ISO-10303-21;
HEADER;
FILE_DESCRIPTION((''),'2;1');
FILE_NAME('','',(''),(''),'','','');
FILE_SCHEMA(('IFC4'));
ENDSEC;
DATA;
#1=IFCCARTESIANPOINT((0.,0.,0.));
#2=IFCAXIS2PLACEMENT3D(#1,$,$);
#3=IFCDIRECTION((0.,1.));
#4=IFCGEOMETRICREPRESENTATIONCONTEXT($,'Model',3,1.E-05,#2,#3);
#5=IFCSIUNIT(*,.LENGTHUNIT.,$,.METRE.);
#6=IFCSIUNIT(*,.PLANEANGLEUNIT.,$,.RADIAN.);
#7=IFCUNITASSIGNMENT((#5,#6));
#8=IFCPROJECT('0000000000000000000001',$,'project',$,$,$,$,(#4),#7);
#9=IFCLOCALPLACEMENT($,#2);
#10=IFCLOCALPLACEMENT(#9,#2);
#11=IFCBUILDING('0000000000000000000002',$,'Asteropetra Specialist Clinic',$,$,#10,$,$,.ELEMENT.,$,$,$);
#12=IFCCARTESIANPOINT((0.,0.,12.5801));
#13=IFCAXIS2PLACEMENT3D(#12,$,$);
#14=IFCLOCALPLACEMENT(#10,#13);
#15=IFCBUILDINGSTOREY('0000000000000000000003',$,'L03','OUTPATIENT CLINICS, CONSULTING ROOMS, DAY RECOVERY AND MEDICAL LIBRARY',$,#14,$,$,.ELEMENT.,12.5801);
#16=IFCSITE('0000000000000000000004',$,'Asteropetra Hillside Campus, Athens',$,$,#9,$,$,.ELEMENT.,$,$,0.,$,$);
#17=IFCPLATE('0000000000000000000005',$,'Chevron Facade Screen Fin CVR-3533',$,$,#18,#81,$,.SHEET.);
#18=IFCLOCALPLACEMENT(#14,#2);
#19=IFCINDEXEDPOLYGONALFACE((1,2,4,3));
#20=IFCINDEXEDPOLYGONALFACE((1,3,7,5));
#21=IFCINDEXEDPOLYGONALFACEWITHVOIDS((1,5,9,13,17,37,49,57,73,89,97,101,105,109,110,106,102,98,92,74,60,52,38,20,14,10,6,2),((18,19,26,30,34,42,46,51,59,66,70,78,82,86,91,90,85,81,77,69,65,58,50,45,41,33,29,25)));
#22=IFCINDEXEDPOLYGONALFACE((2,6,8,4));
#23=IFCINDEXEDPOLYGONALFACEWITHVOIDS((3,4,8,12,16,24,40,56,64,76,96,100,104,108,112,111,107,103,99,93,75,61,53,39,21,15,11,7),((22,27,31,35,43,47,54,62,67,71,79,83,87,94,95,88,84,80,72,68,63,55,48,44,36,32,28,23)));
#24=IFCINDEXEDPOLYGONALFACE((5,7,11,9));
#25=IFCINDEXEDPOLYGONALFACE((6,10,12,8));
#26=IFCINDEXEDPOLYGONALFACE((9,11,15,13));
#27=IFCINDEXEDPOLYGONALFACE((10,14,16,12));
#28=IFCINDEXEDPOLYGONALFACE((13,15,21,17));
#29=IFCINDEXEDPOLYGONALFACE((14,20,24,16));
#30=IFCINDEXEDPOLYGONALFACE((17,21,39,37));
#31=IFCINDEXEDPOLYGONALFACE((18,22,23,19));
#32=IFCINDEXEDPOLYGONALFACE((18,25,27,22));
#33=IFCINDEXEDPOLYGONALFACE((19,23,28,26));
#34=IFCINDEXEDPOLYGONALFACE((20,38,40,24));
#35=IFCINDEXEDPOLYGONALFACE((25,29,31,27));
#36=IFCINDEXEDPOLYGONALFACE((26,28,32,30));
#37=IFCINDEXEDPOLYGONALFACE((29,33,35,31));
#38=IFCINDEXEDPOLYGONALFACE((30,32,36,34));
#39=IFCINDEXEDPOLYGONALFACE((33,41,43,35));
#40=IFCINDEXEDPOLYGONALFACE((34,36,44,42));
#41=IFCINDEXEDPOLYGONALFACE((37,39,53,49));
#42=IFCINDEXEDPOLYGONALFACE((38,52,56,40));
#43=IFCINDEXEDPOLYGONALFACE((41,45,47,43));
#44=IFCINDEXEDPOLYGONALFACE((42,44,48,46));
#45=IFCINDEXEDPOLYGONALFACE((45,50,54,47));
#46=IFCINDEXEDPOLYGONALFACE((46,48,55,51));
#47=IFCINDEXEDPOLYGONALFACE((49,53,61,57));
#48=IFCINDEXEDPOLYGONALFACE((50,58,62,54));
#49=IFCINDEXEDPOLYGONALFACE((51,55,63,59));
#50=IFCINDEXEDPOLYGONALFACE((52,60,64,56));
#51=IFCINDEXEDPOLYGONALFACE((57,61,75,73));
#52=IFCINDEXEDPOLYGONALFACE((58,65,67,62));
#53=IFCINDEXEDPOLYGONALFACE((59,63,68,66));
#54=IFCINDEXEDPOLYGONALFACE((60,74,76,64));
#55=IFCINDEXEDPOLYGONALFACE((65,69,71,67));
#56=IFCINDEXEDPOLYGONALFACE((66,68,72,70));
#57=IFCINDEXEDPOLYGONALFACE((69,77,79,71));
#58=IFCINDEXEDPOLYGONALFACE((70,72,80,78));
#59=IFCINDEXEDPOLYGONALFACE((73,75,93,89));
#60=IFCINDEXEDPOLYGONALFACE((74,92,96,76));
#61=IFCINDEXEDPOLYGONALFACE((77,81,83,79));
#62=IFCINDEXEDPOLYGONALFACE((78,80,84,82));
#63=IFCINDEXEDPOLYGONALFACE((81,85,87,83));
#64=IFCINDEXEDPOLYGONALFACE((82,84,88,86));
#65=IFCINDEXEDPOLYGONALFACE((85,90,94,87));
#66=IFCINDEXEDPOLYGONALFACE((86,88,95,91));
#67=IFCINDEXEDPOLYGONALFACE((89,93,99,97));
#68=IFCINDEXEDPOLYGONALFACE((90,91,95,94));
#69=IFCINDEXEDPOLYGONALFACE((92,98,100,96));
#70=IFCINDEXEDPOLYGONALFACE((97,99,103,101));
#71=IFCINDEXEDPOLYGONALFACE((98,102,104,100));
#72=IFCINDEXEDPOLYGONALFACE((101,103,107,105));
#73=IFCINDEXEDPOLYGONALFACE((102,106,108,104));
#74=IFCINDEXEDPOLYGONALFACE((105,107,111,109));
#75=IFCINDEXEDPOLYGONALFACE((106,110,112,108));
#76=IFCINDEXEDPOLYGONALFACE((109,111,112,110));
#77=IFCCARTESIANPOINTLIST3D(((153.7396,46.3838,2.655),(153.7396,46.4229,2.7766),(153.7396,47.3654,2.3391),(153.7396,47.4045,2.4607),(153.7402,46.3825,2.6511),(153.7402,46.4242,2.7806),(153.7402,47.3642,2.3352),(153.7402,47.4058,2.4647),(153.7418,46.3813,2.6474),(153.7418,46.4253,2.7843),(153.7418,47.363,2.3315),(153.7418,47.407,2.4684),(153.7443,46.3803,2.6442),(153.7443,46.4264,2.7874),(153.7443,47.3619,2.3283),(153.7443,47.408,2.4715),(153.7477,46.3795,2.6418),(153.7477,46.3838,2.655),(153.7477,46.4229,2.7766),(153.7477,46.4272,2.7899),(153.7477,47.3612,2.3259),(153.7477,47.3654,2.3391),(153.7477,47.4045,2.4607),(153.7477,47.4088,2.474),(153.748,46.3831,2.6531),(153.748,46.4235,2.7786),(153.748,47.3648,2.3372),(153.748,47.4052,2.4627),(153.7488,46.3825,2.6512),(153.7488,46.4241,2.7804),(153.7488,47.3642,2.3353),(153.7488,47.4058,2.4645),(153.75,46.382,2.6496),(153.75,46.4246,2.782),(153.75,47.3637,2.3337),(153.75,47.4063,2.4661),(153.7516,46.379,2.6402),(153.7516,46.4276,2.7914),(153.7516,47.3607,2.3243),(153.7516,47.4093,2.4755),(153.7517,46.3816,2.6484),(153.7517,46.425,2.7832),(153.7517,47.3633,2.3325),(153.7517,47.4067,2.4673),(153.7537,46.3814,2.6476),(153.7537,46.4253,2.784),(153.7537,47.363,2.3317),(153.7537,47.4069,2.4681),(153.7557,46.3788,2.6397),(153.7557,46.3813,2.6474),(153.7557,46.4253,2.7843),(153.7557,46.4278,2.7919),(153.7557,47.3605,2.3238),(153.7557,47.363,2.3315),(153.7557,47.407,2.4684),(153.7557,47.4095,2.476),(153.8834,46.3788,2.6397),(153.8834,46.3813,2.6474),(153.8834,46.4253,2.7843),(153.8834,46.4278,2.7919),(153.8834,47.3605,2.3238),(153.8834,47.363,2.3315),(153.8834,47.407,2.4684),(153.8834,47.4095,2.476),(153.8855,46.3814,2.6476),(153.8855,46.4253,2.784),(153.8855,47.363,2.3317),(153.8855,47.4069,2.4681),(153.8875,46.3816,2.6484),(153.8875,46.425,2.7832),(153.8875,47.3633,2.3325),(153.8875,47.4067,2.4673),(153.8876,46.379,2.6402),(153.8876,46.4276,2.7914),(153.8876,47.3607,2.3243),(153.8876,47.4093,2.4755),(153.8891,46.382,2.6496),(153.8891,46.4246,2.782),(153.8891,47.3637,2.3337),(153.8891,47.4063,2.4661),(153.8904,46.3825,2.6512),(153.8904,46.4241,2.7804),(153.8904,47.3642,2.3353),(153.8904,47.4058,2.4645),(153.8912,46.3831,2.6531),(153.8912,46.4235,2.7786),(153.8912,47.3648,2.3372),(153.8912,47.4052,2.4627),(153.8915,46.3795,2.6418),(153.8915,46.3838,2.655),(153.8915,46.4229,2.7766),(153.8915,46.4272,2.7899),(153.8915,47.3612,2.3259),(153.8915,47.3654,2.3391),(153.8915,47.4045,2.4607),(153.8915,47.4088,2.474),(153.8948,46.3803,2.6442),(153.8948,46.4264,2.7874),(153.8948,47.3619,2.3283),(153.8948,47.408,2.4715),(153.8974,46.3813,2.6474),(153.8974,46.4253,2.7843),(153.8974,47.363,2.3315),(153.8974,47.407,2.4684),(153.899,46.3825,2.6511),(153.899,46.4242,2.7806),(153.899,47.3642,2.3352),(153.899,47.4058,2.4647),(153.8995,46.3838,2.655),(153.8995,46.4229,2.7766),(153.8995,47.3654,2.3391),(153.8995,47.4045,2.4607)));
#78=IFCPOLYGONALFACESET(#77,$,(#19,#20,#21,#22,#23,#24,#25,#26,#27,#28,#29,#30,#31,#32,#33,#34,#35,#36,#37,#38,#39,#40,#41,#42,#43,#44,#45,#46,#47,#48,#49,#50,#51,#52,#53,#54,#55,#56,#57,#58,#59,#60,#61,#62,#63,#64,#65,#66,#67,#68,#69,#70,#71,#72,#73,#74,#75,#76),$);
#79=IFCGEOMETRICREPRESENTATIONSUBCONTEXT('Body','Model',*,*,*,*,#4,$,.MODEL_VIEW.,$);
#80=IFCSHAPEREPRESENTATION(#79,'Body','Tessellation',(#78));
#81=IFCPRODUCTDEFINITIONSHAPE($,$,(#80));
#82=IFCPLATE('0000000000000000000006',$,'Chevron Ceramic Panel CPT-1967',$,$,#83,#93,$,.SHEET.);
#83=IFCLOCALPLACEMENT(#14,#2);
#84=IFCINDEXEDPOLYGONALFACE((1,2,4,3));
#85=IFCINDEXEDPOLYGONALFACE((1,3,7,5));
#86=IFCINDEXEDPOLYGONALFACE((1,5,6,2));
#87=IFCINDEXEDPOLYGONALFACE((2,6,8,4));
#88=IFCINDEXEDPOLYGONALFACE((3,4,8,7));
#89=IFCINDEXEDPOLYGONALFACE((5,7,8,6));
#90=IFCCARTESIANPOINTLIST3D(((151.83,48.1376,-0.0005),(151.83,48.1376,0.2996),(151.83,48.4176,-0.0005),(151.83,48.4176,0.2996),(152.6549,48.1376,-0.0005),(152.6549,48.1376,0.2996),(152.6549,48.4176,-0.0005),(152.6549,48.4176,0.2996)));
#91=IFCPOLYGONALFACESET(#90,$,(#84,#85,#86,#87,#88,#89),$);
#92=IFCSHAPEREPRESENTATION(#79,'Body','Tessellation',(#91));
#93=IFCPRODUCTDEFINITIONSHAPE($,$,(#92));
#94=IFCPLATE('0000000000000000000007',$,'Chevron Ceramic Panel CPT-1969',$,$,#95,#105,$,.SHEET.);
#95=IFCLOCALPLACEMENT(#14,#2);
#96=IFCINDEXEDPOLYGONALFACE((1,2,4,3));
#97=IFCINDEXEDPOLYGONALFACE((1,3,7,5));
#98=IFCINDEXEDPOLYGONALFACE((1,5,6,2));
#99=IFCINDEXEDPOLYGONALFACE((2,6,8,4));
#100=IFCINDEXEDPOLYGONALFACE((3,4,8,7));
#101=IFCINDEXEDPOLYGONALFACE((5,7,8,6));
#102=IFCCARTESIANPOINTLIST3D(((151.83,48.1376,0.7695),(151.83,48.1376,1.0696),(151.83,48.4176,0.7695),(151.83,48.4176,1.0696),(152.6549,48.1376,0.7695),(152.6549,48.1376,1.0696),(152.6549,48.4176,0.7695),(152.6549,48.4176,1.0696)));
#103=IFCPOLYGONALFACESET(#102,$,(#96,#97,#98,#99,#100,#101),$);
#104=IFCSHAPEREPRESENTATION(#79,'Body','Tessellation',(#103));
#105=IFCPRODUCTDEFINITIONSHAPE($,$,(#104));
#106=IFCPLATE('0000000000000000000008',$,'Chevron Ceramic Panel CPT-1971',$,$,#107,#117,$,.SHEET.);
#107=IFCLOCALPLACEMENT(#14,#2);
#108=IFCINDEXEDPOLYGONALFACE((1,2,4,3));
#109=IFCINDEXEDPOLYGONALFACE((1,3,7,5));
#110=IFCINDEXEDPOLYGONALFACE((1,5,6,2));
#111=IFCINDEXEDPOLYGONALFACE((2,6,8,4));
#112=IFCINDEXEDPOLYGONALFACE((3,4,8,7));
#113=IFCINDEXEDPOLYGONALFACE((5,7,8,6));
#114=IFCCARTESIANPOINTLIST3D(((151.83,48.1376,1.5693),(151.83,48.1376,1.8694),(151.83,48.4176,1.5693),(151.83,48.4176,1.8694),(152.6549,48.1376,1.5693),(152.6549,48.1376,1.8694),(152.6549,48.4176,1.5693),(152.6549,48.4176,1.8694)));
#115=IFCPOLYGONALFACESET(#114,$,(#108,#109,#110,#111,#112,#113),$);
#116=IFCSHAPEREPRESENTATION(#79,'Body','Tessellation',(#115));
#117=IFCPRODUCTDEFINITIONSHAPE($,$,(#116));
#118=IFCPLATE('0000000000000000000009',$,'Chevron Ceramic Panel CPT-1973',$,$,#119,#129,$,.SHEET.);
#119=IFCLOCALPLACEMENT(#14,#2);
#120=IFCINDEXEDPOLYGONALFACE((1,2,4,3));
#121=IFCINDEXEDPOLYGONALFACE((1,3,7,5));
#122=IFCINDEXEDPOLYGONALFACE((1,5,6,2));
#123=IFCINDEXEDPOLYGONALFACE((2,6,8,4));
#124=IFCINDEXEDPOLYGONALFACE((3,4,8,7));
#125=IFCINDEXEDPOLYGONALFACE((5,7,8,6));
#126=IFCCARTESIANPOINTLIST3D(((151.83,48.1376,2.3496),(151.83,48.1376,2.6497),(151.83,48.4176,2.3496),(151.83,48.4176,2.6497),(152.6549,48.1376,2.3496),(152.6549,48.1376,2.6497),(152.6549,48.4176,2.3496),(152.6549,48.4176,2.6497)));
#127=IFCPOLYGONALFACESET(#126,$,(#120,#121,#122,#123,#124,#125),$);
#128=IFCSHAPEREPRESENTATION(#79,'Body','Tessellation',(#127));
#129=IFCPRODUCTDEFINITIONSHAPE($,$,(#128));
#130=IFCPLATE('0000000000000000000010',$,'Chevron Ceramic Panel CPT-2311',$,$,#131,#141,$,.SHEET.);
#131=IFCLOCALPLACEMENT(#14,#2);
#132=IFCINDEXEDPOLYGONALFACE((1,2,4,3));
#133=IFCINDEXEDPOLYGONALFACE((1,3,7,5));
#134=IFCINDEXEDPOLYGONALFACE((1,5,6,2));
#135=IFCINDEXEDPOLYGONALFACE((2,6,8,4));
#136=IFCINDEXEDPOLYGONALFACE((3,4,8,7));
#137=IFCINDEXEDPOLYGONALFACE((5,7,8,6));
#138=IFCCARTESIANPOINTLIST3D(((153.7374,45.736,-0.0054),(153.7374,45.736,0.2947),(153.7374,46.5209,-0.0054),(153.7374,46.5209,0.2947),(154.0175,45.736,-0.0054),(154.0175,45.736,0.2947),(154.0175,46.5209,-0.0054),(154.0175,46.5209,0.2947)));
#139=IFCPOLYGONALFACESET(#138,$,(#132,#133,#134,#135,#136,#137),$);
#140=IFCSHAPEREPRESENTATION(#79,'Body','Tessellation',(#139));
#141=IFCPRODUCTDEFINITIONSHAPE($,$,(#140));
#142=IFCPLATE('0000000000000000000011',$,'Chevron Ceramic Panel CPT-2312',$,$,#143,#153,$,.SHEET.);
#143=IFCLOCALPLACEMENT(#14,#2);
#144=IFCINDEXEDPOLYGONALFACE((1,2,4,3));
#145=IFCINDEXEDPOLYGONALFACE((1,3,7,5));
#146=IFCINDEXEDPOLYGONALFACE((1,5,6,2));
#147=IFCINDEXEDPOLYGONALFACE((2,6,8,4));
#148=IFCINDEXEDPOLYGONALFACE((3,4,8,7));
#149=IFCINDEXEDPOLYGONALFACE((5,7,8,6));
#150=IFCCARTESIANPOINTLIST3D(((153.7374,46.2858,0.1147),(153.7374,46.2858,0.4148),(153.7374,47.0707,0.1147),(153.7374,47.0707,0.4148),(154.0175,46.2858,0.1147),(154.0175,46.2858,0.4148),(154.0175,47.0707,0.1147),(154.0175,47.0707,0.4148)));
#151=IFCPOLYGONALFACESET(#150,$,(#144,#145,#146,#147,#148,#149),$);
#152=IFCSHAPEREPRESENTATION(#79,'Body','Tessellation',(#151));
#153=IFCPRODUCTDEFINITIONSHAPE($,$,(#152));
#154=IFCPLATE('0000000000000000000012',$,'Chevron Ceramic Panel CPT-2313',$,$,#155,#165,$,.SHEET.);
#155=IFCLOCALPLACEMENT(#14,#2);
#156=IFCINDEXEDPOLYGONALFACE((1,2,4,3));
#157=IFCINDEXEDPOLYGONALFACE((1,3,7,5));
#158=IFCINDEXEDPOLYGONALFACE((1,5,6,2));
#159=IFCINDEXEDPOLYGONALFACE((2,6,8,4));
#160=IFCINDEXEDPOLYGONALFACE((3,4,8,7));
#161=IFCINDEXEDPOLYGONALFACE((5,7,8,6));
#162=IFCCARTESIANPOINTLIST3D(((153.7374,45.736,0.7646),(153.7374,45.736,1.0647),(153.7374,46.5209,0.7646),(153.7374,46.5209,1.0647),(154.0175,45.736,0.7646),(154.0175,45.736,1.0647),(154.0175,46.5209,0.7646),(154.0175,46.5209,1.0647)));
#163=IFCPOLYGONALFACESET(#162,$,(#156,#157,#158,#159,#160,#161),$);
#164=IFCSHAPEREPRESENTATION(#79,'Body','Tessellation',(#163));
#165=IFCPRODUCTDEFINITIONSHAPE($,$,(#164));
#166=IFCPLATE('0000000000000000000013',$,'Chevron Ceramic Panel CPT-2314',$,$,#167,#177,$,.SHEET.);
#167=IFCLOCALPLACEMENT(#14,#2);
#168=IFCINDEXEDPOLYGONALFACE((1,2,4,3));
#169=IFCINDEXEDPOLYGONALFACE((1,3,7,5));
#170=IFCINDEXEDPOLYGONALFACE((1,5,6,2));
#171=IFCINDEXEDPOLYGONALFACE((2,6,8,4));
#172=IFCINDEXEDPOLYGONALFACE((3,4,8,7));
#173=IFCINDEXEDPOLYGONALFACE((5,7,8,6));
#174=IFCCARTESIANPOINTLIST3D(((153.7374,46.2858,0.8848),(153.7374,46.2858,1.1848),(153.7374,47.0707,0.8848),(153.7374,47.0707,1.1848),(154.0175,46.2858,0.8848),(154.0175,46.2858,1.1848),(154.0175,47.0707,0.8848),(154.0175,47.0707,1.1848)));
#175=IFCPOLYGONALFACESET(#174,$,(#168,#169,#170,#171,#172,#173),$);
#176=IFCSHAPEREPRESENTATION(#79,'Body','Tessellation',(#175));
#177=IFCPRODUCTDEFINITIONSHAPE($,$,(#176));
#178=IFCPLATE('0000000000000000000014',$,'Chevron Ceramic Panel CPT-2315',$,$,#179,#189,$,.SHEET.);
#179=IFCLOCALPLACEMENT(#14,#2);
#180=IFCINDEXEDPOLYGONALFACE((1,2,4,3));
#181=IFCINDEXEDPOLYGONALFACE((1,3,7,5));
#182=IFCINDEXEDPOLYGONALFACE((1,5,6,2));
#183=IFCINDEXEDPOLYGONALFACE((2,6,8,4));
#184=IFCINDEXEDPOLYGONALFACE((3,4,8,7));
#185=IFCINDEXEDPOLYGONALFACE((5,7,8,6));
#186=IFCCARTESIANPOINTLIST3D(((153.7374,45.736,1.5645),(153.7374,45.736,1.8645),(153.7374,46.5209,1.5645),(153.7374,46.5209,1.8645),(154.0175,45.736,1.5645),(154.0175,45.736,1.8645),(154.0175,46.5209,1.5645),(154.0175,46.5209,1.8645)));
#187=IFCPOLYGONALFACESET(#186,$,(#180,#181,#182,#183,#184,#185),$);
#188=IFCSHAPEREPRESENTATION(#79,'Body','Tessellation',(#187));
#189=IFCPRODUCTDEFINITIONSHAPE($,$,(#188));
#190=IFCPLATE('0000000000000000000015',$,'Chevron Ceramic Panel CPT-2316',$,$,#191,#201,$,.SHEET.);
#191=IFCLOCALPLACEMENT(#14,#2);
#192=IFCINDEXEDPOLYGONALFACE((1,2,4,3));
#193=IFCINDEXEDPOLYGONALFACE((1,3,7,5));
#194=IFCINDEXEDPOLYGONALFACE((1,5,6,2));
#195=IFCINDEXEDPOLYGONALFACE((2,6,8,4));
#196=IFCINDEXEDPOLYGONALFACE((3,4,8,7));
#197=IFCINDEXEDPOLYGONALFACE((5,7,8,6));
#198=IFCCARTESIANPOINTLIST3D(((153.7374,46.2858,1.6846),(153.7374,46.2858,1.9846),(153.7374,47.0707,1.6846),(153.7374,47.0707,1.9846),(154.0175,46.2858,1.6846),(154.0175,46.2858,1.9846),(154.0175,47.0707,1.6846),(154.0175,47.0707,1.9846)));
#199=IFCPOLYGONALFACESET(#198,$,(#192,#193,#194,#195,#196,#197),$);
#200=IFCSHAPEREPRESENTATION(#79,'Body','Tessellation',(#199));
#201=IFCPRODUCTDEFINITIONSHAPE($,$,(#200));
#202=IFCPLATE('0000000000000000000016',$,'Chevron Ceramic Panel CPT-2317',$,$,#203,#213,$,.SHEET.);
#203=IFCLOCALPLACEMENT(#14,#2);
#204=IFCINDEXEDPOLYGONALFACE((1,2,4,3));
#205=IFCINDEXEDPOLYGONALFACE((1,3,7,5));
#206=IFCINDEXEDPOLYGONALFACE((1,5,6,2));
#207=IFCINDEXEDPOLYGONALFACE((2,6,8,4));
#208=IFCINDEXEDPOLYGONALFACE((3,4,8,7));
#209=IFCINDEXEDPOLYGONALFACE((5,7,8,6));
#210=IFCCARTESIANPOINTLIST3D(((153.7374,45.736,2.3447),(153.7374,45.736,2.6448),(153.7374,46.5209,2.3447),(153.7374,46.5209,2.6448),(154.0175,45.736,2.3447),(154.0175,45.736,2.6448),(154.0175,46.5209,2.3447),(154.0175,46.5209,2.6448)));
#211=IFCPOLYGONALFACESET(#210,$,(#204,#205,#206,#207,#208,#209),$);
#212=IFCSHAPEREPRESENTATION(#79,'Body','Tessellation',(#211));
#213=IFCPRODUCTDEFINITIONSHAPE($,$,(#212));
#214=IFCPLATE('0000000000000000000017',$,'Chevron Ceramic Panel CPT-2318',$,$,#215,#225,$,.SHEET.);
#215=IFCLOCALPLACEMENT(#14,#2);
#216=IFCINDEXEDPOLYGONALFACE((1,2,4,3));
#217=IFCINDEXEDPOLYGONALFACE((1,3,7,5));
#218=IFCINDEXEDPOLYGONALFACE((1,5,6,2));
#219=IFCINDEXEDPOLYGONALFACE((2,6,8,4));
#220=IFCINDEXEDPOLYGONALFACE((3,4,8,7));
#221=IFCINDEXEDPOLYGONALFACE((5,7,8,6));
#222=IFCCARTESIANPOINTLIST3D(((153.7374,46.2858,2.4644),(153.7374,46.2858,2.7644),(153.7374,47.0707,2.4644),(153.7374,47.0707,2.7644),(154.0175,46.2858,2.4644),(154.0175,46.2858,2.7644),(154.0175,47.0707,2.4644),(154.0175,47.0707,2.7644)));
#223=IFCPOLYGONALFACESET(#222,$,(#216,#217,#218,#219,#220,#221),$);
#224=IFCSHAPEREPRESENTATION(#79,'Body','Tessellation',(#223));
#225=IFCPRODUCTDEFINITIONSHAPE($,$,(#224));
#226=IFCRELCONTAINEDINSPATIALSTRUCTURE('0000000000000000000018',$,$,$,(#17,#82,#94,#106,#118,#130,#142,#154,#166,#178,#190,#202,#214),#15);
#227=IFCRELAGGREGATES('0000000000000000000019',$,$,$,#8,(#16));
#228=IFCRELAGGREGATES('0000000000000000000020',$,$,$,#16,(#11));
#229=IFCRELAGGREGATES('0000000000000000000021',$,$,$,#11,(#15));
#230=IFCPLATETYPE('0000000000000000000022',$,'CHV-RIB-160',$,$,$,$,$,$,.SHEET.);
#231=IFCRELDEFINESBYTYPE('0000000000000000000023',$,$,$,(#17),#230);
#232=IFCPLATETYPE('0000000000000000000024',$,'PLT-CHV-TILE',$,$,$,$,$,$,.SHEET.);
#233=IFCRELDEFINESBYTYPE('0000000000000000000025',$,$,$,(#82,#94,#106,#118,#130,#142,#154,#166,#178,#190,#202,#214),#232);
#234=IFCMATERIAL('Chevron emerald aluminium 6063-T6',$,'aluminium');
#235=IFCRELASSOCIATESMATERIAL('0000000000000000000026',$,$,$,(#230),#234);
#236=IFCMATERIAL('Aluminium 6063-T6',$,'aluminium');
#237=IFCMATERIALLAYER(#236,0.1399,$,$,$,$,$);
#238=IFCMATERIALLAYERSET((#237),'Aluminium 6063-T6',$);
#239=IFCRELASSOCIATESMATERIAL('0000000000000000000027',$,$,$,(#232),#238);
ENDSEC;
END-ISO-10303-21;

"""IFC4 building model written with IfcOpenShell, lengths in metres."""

from ifc_helpers import new_model, si_unit, direction, frame, origin, origin_2d, place, context, subcontext, project, spatial, rectangle, hollow_rectangle, extrude, material, layer, layer_set, material_profile, profile_set, type_object, element, save


model = new_model("IFC4")

# Units and contexts
model_context = context("Model", 3, precision=1e-05, world=origin(), true_north=direction((0.0, 1.0)))
body_context = subcontext(model_context, "Body", "Model", "MODEL_VIEW")
ifc_project = project(units=[si_unit("LENGTHUNIT", "METRE"), si_unit("PLANEANGLEUNIT", "RADIAN")], contexts=[model_context])

# Site, building, storey
site_placement = place(None, origin())
site = spatial("IfcSite", under=ifc_project, at=site_placement, Name="Asteropetra Hillside Campus, Athens", CompositionType="ELEMENT", RefElevation=0.0)
building_placement = place(site_placement, origin())
building = spatial("IfcBuilding", under=site, at=building_placement, Name="Asteropetra Specialist Clinic", CompositionType="ELEMENT")
storey_placement = place(building_placement, frame((0.0, 0.0, 12.5801)))
storey = spatial("IfcBuildingStorey", under=building, at=storey_placement, Name="L03", Description="OUTPATIENT CLINICS, CONSULTING ROOMS, DAY RECOVERY AND MEDICAL LIBRARY", CompositionType="ELEMENT", Elevation=12.5801)

# Plates
ifc_material_1 = material(Name="Chevron emerald aluminium 6063-T6", Category="aluminium")
ifc_material_profile_1 = material_profile(ifc_material_1, hollow_rectangle(XDim=0.1599, YDim=0.1599, WallThickness=0.0081, InnerFilletRadius=0.0081, OuterFilletRadius=0.0161, at=origin_2d()), Name="SHS 160x160x8.0")
ifc_profile_set_1 = profile_set([ifc_material_profile_1], Name="Chevron emerald aluminium 6063-T6")
plate_type_1 = type_object("IfcPlateType", Name="CHV-RIB-160", PredefinedType="SHEET", material=ifc_profile_set_1)
for number, where, z_axis, x_axis, name in (
    (1, (153.8196, 46.4033, 2.7158), (0.0, 0.951923, -0.306339), (-1.0, 0.0, 0.0), "Chevron Facade Screen Fin CVR-3533"),
):
    element("IfcPlate", number, at=place(storey_placement, frame(where, z_axis=z_axis, x_axis=x_axis)), inside=storey, type_object=plate_type_1, Name=name, PredefinedType="SHEET", context=body_context, shape_type="SweptSolid", body=[
        extrude(hollow_rectangle(XDim=0.1599, YDim=0.1599, WallThickness=0.0081, InnerFilletRadius=0.0081, OuterFilletRadius=0.0161, at=origin_2d()), origin(), (0.0, 0.0, 1.0), 1.0312),
    ])
ifc_material_2 = material(Name="Aluminium 6063-T6", Category="aluminium")
ifc_layer_1 = layer(ifc_material_2, 0.1399)
ifc_layer_set_1 = layer_set([ifc_layer_1], Name="Aluminium 6063-T6")
plate_type_2 = type_object("IfcPlateType", Name="PLT-CHV-TILE", PredefinedType="SHEET", material=ifc_layer_set_1)
for number, where, z_axis, x_axis, name in (
    (2, (152.2424, 48.2776, -0.0005), (0.0, 0.0, 1.0), (1.0, 0.0, 0.0), "Chevron Ceramic Panel CPT-1967"),
    (3, (152.2424, 48.2776, 0.7695), (0.0, 0.0, 1.0), (1.0, 0.0, 0.0), "Chevron Ceramic Panel CPT-1969"),
    (4, (152.2424, 48.2776, 1.5693), (0.0, 0.0, 1.0), (1.0, 0.0, 0.0), "Chevron Ceramic Panel CPT-1971"),
    (5, (152.2424, 48.2776, 2.3496), (0.0, 0.0, 1.0), (1.0, 0.0, 0.0), "Chevron Ceramic Panel CPT-1973"),
):
    element("IfcPlate", number, at=place(storey_placement, frame(where, z_axis=z_axis, x_axis=x_axis)), inside=storey, type_object=plate_type_2, Name=name, PredefinedType="SHEET", context=body_context, shape_type="SweptSolid", body=[
        extrude(rectangle(XDim=0.825, YDim=0.28, at=origin_2d()), origin(), (0.0, 0.0, 1.0), 0.3),
    ])
for number, where, z_axis, x_axis, name in (
    (6, (153.8774, 46.1284, -0.0054), (0.0, 0.0, 1.0), (1.0, 0.0, 0.0), "Chevron Ceramic Panel CPT-2311"),
    (7, (153.8774, 46.6782, 0.1147), (0.0, 0.0, 1.0), (1.0, 0.0, 0.0), "Chevron Ceramic Panel CPT-2312"),
    (8, (153.8774, 46.1284, 0.7646), (0.0, 0.0, 1.0), (1.0, 0.0, 0.0), "Chevron Ceramic Panel CPT-2313"),
    (9, (153.8774, 46.6782, 0.8848), (0.0, 0.0, 1.0), (1.0, 0.0, 0.0), "Chevron Ceramic Panel CPT-2314"),
    (10, (153.8774, 46.1284, 1.5645), (0.0, 0.0, 1.0), (1.0, 0.0, 0.0), "Chevron Ceramic Panel CPT-2315"),
    (11, (153.8774, 46.6782, 1.6846), (0.0, 0.0, 1.0), (1.0, 0.0, 0.0), "Chevron Ceramic Panel CPT-2316"),
    (12, (153.8774, 46.1284, 2.3447), (0.0, 0.0, 1.0), (1.0, 0.0, 0.0), "Chevron Ceramic Panel CPT-2317"),
    (13, (153.8774, 46.6782, 2.4644), (0.0, 0.0, 1.0), (1.0, 0.0, 0.0), "Chevron Ceramic Panel CPT-2318"),
):
    element("IfcPlate", number, at=place(storey_placement, frame(where, z_axis=z_axis, x_axis=x_axis)), inside=storey, type_object=plate_type_2, Name=name, PredefinedType="SHEET", context=body_context, shape_type="SweptSolid", body=[
        extrude(rectangle(XDim=0.28, YDim=0.7849, at=origin_2d()), origin(), (0.0, 0.0, 1.0), 0.3),
    ])

save(model, "model.ifc")
